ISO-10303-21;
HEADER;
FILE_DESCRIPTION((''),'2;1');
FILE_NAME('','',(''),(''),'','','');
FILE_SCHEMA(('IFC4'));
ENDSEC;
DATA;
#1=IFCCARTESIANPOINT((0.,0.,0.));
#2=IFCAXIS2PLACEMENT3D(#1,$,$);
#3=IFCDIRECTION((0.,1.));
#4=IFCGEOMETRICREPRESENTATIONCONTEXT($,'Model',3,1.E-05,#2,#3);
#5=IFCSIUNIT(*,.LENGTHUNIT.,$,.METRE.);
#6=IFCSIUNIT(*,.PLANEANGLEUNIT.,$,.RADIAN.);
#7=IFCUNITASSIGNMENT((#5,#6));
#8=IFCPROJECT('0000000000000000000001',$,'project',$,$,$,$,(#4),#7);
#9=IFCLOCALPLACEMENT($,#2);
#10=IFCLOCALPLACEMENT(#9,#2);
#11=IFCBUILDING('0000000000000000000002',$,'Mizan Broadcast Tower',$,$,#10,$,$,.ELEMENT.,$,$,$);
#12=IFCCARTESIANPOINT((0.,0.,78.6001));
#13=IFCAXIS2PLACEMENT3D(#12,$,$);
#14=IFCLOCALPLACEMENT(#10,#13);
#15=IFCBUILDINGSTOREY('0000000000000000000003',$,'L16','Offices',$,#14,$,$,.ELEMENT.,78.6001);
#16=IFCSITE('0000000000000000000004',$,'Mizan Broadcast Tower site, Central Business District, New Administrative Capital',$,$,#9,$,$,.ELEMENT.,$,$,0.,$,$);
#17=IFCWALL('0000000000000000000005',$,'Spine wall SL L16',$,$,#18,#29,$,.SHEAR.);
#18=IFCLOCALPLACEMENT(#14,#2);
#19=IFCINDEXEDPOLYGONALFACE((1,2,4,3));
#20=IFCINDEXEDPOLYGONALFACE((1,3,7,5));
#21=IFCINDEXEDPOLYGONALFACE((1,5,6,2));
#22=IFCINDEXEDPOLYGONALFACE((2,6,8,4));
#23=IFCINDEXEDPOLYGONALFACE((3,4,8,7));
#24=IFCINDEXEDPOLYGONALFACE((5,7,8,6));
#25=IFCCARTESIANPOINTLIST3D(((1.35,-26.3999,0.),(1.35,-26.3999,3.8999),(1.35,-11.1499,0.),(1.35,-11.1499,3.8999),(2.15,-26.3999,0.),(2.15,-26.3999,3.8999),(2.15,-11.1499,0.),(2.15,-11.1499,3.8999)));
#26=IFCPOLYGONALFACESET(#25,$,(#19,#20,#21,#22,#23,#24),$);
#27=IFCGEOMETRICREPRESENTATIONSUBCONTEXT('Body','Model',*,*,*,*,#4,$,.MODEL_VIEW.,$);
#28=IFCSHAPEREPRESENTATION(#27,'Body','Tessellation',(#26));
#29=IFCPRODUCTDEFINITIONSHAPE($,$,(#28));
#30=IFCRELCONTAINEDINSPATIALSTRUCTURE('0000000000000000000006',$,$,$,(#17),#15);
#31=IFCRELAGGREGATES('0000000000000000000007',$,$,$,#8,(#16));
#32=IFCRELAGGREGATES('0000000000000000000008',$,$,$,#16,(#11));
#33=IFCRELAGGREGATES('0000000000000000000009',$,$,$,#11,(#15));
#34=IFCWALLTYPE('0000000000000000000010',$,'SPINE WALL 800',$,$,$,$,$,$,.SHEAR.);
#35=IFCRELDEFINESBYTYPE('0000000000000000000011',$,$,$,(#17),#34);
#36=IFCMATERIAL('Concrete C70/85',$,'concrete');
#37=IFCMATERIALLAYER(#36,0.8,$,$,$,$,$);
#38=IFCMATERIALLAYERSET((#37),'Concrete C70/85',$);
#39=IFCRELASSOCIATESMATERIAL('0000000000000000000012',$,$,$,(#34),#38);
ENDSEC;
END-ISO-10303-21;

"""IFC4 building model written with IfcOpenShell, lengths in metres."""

from ifc_helpers import new_model, si_unit, direction, frame, frame_2d, origin, place, context, subcontext, project, spatial, rectangle, extrude, material, layer, layer_set, type_object, element, save


model = new_model("IFC4")

# Units and contexts
model_context = context("Model", 3, precision=1e-05, world=origin(), true_north=direction((0.0, 1.0)))
body_context = subcontext(model_context, "Body", "Model", "MODEL_VIEW")
ifc_project = project(units=[si_unit("LENGTHUNIT", "METRE"), si_unit("PLANEANGLEUNIT", "RADIAN")], contexts=[model_context])

# Site, building, storey
site_placement = place(None, origin())
site = spatial("IfcSite", under=ifc_project, at=site_placement, Name="Mizan Broadcast Tower site, Central Business District, New Administrative Capital", CompositionType="ELEMENT", RefElevation=0.0)
building_placement = place(site_placement, origin())
building = spatial("IfcBuilding", under=site, at=building_placement, Name="Mizan Broadcast Tower", CompositionType="ELEMENT")
storey_placement = place(building_placement, frame((0.0, 0.0, 78.6001)))
storey = spatial("IfcBuildingStorey", under=building, at=storey_placement, Name="L16", Description="Offices", CompositionType="ELEMENT", Elevation=78.6001)

# Wall
ifc_material_1 = material(Name="Concrete C70/85", Category="concrete")
ifc_layer_1 = layer(ifc_material_1, 0.8)
ifc_layer_set_1 = layer_set([ifc_layer_1], Name="Concrete C70/85")
wall_type_1 = type_object("IfcWallType", Name="SPINE WALL 800", PredefinedType="SHEAR", material=ifc_layer_set_1)
wall_1_placement = place(storey_placement, frame((1.75, -11.1499, 0.0), z_axis=(0.0, 0.0, 1.0), x_axis=(0.0, -1.0, 0.0)))
element("IfcWall", 1, at=wall_1_placement, inside=storey, type_object=wall_type_1, Name="Spine wall SL L16", PredefinedType="SHEAR", context=body_context, shape_type="SweptSolid", body=[
    extrude(rectangle(XDim=15.25, YDim=0.8, at=frame_2d((7.625, 0.0))), origin(), (0.0, 0.0, 1.0), 3.8999),
])

save(model, "model.ifc")
